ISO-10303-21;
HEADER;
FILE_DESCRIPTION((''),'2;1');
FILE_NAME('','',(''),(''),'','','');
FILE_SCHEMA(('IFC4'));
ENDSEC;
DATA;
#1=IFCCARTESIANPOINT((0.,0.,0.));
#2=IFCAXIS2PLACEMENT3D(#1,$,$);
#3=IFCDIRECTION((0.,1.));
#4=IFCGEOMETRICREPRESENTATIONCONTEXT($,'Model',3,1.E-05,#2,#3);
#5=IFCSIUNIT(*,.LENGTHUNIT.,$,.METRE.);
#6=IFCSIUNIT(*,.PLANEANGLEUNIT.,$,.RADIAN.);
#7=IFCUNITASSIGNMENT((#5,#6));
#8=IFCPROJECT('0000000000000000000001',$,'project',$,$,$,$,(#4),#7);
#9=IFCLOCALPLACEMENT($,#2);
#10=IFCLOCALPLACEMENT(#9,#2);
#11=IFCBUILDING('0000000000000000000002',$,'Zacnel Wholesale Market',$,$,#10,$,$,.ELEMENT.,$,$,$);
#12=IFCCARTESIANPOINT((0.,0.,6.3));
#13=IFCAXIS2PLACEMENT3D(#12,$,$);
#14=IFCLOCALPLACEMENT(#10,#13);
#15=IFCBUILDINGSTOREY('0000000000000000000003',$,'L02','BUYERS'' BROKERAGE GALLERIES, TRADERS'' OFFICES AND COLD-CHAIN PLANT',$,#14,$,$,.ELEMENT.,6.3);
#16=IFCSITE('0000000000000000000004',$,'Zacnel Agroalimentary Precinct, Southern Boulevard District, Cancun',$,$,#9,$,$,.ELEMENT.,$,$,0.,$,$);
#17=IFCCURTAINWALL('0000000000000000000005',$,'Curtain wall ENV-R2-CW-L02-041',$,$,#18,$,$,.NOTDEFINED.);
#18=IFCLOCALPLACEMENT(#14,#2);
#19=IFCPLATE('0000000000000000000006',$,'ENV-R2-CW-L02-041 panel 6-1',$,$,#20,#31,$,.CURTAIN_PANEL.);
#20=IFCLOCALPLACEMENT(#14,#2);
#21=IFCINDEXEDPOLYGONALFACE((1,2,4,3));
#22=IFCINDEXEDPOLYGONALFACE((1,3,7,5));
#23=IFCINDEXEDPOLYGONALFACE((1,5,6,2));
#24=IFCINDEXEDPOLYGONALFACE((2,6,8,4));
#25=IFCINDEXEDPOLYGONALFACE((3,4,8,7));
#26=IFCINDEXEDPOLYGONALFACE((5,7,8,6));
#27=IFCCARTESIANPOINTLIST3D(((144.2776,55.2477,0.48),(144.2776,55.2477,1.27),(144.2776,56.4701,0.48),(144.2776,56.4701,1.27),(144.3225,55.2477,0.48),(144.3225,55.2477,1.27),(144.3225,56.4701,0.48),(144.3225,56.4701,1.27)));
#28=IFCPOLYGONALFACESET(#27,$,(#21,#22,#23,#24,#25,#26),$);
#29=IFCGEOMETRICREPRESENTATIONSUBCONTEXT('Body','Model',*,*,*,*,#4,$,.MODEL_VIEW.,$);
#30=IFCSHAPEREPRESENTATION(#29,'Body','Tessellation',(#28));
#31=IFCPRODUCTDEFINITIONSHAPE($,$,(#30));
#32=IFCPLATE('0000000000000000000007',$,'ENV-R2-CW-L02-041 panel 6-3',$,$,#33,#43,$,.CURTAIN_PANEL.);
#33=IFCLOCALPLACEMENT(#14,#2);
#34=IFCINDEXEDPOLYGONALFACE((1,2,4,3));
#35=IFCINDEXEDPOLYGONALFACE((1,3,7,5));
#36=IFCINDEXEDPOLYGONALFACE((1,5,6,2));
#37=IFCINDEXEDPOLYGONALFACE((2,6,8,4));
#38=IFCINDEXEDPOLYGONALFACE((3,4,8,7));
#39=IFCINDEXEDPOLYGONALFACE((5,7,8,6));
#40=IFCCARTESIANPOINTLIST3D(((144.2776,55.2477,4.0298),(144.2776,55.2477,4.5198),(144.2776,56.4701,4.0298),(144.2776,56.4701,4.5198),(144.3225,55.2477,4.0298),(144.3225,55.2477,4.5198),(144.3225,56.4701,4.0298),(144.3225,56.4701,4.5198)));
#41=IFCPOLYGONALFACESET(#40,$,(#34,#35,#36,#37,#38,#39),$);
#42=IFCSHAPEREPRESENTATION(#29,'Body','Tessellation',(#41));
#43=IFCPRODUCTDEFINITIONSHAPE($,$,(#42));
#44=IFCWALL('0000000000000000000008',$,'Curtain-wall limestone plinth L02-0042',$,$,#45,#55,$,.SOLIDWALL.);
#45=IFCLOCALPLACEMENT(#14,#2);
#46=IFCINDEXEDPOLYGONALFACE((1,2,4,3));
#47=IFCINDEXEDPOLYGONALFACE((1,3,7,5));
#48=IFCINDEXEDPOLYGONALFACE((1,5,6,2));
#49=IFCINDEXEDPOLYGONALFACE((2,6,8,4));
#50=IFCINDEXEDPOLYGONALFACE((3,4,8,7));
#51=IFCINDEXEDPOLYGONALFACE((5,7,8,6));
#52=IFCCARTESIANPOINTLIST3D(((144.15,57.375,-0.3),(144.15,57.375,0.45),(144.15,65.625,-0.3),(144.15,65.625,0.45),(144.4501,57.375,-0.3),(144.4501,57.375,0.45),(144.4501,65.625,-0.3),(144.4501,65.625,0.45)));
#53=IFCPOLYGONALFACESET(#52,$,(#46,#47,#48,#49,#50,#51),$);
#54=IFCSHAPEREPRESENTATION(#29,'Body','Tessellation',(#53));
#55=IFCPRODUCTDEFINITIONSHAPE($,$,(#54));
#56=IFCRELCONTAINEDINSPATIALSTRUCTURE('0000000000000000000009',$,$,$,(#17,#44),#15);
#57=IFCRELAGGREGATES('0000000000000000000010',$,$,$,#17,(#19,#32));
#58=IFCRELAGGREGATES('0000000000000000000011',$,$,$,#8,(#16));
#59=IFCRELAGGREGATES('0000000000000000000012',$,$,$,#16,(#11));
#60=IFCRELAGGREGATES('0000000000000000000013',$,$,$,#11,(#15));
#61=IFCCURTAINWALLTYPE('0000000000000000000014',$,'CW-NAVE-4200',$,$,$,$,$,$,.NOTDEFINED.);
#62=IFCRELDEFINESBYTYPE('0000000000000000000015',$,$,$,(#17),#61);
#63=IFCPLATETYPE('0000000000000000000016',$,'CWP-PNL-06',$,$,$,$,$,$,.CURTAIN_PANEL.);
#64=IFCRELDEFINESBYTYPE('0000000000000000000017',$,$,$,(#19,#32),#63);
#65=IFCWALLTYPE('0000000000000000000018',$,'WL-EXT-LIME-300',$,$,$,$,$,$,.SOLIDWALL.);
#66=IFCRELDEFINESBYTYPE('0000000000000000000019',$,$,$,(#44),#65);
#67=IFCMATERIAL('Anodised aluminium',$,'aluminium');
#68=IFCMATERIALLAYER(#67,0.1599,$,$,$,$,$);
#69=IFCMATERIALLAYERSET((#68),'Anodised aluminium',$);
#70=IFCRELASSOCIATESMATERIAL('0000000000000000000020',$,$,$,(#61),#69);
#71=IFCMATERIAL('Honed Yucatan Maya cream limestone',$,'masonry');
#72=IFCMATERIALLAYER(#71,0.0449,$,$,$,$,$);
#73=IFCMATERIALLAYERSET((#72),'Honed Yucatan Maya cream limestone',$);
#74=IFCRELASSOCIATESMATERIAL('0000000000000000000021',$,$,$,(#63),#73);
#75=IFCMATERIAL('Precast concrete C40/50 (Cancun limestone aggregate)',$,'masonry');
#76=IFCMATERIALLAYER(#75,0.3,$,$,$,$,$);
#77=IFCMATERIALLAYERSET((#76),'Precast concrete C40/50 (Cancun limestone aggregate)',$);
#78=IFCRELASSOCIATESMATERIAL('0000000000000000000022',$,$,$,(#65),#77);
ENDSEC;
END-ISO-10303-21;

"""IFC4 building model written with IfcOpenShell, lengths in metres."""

from ifc_helpers import new_model, si_unit, direction, frame, frame_2d, origin, origin_2d, place, context, subcontext, project, spatial, rectangle, extrude, material, layer, layer_set, type_object, element, aggregate, save


model = new_model("IFC4")

# Units and contexts
model_context = context("Model", 3, precision=1e-05, world=origin(), true_north=direction((0.0, 1.0)))
body_context = subcontext(model_context, "Body", "Model", "MODEL_VIEW")
ifc_project = project(units=[si_unit("LENGTHUNIT", "METRE"), si_unit("PLANEANGLEUNIT", "RADIAN")], contexts=[model_context])

# Site, building, storey
site_placement = place(None, origin())
site = spatial("IfcSite", under=ifc_project, at=site_placement, Name="Zacnel Agroalimentary Precinct, Southern Boulevard District, Cancun", CompositionType="ELEMENT", RefElevation=0.0)
building_placement = place(site_placement, origin())
building = spatial("IfcBuilding", under=site, at=building_placement, Name="Zacnel Wholesale Market", CompositionType="ELEMENT")
storey_placement = place(building_placement, frame((0.0, 0.0, 6.3)))
storey = spatial("IfcBuildingStorey", under=building, at=storey_placement, Name="L02", Description="BUYERS' BROKERAGE GALLERIES, TRADERS' OFFICES AND COLD-CHAIN PLANT", CompositionType="ELEMENT", Elevation=6.3)

# Curtain wall
ifc_material_1 = material(Name="Anodised aluminium", Category="aluminium")
ifc_layer_1 = layer(ifc_material_1, 0.1599)
ifc_layer_set_1 = layer_set([ifc_layer_1], Name="Anodised aluminium")
curtain_wall_type = type_object("IfcCurtainWallType", Name="CW-NAVE-4200", PredefinedType="NOTDEFINED", material=ifc_layer_set_1)
curtain_wall_1_placement = place(storey_placement, origin())
curtain_wall_1 = element("IfcCurtainWall", 1, at=curtain_wall_1_placement, inside=storey, type_object=curtain_wall_type, Name="Curtain wall ENV-R2-CW-L02-041", PredefinedType="NOTDEFINED")

# Plates
ifc_material_2 = material(Name="Honed Yucatan Maya cream limestone", Category="masonry")
ifc_layer_2 = layer(ifc_material_2, 0.0449)
ifc_layer_set_2 = layer_set([ifc_layer_2], Name="Honed Yucatan Maya cream limestone")
plate_type_1 = type_object("IfcPlateType", Name="CWP-PNL-06", PredefinedType="CURTAIN_PANEL", material=ifc_layer_set_2)
plate_1_placement = place(storey_placement, frame((144.3, 55.8589, 0.48), z_axis=(0.0, 0.0, 1.0), x_axis=(0.0, 1.0, 0.0)))
plate_1 = element("IfcPlate", 2, at=plate_1_placement, type_object=plate_type_1, Name="ENV-R2-CW-L02-041 panel 6-1", PredefinedType="CURTAIN_PANEL", context=body_context, shape_type="SweptSolid", body=[
    extrude(rectangle(XDim=1.2224, YDim=0.0449, at=origin_2d()), origin(), (0.0, 0.0, 1.0), 0.79),
])
plate_2_placement = place(storey_placement, frame((144.3, 55.8589, 4.0298), z_axis=(0.0, 0.0, 1.0), x_axis=(0.0, 1.0, 0.0)))
plate_2 = element("IfcPlate", 3, at=plate_2_placement, type_object=plate_type_1, Name="ENV-R2-CW-L02-041 panel 6-3", PredefinedType="CURTAIN_PANEL", context=body_context, shape_type="SweptSolid", body=[
    extrude(rectangle(XDim=1.2224, YDim=0.0449, at=origin_2d()), origin(), (0.0, 0.0, 1.0), 0.49),
])
aggregate(curtain_wall_1, [plate_1, plate_2])

# Wall
ifc_material_3 = material(Name="Precast concrete C40/50 (Cancun limestone aggregate)", Category="masonry")
ifc_layer_3 = layer(ifc_material_3, 0.3)
ifc_layer_set_3 = layer_set([ifc_layer_3], Name="Precast concrete C40/50 (Cancun limestone aggregate)")
wall_type = type_object("IfcWallType", Name="WL-EXT-LIME-300", PredefinedType="SOLIDWALL", material=ifc_layer_set_3)
wall_placement = place(storey_placement, frame((144.3, 57.375, -0.3), z_axis=(0.0, 0.0, 1.0), x_axis=(0.0, 1.0, 0.0)))
element("IfcWall", 4, at=wall_placement, inside=storey, type_object=wall_type, Name="Curtain-wall limestone plinth L02-0042", PredefinedType="SOLIDWALL", context=body_context, shape_type="SweptSolid", body=[
    extrude(rectangle(XDim=8.25, YDim=0.3, at=frame_2d((4.125, 0.0))), origin(), (0.0, 0.0, 1.0), 0.75),
])

save(model, "model.ifc")
